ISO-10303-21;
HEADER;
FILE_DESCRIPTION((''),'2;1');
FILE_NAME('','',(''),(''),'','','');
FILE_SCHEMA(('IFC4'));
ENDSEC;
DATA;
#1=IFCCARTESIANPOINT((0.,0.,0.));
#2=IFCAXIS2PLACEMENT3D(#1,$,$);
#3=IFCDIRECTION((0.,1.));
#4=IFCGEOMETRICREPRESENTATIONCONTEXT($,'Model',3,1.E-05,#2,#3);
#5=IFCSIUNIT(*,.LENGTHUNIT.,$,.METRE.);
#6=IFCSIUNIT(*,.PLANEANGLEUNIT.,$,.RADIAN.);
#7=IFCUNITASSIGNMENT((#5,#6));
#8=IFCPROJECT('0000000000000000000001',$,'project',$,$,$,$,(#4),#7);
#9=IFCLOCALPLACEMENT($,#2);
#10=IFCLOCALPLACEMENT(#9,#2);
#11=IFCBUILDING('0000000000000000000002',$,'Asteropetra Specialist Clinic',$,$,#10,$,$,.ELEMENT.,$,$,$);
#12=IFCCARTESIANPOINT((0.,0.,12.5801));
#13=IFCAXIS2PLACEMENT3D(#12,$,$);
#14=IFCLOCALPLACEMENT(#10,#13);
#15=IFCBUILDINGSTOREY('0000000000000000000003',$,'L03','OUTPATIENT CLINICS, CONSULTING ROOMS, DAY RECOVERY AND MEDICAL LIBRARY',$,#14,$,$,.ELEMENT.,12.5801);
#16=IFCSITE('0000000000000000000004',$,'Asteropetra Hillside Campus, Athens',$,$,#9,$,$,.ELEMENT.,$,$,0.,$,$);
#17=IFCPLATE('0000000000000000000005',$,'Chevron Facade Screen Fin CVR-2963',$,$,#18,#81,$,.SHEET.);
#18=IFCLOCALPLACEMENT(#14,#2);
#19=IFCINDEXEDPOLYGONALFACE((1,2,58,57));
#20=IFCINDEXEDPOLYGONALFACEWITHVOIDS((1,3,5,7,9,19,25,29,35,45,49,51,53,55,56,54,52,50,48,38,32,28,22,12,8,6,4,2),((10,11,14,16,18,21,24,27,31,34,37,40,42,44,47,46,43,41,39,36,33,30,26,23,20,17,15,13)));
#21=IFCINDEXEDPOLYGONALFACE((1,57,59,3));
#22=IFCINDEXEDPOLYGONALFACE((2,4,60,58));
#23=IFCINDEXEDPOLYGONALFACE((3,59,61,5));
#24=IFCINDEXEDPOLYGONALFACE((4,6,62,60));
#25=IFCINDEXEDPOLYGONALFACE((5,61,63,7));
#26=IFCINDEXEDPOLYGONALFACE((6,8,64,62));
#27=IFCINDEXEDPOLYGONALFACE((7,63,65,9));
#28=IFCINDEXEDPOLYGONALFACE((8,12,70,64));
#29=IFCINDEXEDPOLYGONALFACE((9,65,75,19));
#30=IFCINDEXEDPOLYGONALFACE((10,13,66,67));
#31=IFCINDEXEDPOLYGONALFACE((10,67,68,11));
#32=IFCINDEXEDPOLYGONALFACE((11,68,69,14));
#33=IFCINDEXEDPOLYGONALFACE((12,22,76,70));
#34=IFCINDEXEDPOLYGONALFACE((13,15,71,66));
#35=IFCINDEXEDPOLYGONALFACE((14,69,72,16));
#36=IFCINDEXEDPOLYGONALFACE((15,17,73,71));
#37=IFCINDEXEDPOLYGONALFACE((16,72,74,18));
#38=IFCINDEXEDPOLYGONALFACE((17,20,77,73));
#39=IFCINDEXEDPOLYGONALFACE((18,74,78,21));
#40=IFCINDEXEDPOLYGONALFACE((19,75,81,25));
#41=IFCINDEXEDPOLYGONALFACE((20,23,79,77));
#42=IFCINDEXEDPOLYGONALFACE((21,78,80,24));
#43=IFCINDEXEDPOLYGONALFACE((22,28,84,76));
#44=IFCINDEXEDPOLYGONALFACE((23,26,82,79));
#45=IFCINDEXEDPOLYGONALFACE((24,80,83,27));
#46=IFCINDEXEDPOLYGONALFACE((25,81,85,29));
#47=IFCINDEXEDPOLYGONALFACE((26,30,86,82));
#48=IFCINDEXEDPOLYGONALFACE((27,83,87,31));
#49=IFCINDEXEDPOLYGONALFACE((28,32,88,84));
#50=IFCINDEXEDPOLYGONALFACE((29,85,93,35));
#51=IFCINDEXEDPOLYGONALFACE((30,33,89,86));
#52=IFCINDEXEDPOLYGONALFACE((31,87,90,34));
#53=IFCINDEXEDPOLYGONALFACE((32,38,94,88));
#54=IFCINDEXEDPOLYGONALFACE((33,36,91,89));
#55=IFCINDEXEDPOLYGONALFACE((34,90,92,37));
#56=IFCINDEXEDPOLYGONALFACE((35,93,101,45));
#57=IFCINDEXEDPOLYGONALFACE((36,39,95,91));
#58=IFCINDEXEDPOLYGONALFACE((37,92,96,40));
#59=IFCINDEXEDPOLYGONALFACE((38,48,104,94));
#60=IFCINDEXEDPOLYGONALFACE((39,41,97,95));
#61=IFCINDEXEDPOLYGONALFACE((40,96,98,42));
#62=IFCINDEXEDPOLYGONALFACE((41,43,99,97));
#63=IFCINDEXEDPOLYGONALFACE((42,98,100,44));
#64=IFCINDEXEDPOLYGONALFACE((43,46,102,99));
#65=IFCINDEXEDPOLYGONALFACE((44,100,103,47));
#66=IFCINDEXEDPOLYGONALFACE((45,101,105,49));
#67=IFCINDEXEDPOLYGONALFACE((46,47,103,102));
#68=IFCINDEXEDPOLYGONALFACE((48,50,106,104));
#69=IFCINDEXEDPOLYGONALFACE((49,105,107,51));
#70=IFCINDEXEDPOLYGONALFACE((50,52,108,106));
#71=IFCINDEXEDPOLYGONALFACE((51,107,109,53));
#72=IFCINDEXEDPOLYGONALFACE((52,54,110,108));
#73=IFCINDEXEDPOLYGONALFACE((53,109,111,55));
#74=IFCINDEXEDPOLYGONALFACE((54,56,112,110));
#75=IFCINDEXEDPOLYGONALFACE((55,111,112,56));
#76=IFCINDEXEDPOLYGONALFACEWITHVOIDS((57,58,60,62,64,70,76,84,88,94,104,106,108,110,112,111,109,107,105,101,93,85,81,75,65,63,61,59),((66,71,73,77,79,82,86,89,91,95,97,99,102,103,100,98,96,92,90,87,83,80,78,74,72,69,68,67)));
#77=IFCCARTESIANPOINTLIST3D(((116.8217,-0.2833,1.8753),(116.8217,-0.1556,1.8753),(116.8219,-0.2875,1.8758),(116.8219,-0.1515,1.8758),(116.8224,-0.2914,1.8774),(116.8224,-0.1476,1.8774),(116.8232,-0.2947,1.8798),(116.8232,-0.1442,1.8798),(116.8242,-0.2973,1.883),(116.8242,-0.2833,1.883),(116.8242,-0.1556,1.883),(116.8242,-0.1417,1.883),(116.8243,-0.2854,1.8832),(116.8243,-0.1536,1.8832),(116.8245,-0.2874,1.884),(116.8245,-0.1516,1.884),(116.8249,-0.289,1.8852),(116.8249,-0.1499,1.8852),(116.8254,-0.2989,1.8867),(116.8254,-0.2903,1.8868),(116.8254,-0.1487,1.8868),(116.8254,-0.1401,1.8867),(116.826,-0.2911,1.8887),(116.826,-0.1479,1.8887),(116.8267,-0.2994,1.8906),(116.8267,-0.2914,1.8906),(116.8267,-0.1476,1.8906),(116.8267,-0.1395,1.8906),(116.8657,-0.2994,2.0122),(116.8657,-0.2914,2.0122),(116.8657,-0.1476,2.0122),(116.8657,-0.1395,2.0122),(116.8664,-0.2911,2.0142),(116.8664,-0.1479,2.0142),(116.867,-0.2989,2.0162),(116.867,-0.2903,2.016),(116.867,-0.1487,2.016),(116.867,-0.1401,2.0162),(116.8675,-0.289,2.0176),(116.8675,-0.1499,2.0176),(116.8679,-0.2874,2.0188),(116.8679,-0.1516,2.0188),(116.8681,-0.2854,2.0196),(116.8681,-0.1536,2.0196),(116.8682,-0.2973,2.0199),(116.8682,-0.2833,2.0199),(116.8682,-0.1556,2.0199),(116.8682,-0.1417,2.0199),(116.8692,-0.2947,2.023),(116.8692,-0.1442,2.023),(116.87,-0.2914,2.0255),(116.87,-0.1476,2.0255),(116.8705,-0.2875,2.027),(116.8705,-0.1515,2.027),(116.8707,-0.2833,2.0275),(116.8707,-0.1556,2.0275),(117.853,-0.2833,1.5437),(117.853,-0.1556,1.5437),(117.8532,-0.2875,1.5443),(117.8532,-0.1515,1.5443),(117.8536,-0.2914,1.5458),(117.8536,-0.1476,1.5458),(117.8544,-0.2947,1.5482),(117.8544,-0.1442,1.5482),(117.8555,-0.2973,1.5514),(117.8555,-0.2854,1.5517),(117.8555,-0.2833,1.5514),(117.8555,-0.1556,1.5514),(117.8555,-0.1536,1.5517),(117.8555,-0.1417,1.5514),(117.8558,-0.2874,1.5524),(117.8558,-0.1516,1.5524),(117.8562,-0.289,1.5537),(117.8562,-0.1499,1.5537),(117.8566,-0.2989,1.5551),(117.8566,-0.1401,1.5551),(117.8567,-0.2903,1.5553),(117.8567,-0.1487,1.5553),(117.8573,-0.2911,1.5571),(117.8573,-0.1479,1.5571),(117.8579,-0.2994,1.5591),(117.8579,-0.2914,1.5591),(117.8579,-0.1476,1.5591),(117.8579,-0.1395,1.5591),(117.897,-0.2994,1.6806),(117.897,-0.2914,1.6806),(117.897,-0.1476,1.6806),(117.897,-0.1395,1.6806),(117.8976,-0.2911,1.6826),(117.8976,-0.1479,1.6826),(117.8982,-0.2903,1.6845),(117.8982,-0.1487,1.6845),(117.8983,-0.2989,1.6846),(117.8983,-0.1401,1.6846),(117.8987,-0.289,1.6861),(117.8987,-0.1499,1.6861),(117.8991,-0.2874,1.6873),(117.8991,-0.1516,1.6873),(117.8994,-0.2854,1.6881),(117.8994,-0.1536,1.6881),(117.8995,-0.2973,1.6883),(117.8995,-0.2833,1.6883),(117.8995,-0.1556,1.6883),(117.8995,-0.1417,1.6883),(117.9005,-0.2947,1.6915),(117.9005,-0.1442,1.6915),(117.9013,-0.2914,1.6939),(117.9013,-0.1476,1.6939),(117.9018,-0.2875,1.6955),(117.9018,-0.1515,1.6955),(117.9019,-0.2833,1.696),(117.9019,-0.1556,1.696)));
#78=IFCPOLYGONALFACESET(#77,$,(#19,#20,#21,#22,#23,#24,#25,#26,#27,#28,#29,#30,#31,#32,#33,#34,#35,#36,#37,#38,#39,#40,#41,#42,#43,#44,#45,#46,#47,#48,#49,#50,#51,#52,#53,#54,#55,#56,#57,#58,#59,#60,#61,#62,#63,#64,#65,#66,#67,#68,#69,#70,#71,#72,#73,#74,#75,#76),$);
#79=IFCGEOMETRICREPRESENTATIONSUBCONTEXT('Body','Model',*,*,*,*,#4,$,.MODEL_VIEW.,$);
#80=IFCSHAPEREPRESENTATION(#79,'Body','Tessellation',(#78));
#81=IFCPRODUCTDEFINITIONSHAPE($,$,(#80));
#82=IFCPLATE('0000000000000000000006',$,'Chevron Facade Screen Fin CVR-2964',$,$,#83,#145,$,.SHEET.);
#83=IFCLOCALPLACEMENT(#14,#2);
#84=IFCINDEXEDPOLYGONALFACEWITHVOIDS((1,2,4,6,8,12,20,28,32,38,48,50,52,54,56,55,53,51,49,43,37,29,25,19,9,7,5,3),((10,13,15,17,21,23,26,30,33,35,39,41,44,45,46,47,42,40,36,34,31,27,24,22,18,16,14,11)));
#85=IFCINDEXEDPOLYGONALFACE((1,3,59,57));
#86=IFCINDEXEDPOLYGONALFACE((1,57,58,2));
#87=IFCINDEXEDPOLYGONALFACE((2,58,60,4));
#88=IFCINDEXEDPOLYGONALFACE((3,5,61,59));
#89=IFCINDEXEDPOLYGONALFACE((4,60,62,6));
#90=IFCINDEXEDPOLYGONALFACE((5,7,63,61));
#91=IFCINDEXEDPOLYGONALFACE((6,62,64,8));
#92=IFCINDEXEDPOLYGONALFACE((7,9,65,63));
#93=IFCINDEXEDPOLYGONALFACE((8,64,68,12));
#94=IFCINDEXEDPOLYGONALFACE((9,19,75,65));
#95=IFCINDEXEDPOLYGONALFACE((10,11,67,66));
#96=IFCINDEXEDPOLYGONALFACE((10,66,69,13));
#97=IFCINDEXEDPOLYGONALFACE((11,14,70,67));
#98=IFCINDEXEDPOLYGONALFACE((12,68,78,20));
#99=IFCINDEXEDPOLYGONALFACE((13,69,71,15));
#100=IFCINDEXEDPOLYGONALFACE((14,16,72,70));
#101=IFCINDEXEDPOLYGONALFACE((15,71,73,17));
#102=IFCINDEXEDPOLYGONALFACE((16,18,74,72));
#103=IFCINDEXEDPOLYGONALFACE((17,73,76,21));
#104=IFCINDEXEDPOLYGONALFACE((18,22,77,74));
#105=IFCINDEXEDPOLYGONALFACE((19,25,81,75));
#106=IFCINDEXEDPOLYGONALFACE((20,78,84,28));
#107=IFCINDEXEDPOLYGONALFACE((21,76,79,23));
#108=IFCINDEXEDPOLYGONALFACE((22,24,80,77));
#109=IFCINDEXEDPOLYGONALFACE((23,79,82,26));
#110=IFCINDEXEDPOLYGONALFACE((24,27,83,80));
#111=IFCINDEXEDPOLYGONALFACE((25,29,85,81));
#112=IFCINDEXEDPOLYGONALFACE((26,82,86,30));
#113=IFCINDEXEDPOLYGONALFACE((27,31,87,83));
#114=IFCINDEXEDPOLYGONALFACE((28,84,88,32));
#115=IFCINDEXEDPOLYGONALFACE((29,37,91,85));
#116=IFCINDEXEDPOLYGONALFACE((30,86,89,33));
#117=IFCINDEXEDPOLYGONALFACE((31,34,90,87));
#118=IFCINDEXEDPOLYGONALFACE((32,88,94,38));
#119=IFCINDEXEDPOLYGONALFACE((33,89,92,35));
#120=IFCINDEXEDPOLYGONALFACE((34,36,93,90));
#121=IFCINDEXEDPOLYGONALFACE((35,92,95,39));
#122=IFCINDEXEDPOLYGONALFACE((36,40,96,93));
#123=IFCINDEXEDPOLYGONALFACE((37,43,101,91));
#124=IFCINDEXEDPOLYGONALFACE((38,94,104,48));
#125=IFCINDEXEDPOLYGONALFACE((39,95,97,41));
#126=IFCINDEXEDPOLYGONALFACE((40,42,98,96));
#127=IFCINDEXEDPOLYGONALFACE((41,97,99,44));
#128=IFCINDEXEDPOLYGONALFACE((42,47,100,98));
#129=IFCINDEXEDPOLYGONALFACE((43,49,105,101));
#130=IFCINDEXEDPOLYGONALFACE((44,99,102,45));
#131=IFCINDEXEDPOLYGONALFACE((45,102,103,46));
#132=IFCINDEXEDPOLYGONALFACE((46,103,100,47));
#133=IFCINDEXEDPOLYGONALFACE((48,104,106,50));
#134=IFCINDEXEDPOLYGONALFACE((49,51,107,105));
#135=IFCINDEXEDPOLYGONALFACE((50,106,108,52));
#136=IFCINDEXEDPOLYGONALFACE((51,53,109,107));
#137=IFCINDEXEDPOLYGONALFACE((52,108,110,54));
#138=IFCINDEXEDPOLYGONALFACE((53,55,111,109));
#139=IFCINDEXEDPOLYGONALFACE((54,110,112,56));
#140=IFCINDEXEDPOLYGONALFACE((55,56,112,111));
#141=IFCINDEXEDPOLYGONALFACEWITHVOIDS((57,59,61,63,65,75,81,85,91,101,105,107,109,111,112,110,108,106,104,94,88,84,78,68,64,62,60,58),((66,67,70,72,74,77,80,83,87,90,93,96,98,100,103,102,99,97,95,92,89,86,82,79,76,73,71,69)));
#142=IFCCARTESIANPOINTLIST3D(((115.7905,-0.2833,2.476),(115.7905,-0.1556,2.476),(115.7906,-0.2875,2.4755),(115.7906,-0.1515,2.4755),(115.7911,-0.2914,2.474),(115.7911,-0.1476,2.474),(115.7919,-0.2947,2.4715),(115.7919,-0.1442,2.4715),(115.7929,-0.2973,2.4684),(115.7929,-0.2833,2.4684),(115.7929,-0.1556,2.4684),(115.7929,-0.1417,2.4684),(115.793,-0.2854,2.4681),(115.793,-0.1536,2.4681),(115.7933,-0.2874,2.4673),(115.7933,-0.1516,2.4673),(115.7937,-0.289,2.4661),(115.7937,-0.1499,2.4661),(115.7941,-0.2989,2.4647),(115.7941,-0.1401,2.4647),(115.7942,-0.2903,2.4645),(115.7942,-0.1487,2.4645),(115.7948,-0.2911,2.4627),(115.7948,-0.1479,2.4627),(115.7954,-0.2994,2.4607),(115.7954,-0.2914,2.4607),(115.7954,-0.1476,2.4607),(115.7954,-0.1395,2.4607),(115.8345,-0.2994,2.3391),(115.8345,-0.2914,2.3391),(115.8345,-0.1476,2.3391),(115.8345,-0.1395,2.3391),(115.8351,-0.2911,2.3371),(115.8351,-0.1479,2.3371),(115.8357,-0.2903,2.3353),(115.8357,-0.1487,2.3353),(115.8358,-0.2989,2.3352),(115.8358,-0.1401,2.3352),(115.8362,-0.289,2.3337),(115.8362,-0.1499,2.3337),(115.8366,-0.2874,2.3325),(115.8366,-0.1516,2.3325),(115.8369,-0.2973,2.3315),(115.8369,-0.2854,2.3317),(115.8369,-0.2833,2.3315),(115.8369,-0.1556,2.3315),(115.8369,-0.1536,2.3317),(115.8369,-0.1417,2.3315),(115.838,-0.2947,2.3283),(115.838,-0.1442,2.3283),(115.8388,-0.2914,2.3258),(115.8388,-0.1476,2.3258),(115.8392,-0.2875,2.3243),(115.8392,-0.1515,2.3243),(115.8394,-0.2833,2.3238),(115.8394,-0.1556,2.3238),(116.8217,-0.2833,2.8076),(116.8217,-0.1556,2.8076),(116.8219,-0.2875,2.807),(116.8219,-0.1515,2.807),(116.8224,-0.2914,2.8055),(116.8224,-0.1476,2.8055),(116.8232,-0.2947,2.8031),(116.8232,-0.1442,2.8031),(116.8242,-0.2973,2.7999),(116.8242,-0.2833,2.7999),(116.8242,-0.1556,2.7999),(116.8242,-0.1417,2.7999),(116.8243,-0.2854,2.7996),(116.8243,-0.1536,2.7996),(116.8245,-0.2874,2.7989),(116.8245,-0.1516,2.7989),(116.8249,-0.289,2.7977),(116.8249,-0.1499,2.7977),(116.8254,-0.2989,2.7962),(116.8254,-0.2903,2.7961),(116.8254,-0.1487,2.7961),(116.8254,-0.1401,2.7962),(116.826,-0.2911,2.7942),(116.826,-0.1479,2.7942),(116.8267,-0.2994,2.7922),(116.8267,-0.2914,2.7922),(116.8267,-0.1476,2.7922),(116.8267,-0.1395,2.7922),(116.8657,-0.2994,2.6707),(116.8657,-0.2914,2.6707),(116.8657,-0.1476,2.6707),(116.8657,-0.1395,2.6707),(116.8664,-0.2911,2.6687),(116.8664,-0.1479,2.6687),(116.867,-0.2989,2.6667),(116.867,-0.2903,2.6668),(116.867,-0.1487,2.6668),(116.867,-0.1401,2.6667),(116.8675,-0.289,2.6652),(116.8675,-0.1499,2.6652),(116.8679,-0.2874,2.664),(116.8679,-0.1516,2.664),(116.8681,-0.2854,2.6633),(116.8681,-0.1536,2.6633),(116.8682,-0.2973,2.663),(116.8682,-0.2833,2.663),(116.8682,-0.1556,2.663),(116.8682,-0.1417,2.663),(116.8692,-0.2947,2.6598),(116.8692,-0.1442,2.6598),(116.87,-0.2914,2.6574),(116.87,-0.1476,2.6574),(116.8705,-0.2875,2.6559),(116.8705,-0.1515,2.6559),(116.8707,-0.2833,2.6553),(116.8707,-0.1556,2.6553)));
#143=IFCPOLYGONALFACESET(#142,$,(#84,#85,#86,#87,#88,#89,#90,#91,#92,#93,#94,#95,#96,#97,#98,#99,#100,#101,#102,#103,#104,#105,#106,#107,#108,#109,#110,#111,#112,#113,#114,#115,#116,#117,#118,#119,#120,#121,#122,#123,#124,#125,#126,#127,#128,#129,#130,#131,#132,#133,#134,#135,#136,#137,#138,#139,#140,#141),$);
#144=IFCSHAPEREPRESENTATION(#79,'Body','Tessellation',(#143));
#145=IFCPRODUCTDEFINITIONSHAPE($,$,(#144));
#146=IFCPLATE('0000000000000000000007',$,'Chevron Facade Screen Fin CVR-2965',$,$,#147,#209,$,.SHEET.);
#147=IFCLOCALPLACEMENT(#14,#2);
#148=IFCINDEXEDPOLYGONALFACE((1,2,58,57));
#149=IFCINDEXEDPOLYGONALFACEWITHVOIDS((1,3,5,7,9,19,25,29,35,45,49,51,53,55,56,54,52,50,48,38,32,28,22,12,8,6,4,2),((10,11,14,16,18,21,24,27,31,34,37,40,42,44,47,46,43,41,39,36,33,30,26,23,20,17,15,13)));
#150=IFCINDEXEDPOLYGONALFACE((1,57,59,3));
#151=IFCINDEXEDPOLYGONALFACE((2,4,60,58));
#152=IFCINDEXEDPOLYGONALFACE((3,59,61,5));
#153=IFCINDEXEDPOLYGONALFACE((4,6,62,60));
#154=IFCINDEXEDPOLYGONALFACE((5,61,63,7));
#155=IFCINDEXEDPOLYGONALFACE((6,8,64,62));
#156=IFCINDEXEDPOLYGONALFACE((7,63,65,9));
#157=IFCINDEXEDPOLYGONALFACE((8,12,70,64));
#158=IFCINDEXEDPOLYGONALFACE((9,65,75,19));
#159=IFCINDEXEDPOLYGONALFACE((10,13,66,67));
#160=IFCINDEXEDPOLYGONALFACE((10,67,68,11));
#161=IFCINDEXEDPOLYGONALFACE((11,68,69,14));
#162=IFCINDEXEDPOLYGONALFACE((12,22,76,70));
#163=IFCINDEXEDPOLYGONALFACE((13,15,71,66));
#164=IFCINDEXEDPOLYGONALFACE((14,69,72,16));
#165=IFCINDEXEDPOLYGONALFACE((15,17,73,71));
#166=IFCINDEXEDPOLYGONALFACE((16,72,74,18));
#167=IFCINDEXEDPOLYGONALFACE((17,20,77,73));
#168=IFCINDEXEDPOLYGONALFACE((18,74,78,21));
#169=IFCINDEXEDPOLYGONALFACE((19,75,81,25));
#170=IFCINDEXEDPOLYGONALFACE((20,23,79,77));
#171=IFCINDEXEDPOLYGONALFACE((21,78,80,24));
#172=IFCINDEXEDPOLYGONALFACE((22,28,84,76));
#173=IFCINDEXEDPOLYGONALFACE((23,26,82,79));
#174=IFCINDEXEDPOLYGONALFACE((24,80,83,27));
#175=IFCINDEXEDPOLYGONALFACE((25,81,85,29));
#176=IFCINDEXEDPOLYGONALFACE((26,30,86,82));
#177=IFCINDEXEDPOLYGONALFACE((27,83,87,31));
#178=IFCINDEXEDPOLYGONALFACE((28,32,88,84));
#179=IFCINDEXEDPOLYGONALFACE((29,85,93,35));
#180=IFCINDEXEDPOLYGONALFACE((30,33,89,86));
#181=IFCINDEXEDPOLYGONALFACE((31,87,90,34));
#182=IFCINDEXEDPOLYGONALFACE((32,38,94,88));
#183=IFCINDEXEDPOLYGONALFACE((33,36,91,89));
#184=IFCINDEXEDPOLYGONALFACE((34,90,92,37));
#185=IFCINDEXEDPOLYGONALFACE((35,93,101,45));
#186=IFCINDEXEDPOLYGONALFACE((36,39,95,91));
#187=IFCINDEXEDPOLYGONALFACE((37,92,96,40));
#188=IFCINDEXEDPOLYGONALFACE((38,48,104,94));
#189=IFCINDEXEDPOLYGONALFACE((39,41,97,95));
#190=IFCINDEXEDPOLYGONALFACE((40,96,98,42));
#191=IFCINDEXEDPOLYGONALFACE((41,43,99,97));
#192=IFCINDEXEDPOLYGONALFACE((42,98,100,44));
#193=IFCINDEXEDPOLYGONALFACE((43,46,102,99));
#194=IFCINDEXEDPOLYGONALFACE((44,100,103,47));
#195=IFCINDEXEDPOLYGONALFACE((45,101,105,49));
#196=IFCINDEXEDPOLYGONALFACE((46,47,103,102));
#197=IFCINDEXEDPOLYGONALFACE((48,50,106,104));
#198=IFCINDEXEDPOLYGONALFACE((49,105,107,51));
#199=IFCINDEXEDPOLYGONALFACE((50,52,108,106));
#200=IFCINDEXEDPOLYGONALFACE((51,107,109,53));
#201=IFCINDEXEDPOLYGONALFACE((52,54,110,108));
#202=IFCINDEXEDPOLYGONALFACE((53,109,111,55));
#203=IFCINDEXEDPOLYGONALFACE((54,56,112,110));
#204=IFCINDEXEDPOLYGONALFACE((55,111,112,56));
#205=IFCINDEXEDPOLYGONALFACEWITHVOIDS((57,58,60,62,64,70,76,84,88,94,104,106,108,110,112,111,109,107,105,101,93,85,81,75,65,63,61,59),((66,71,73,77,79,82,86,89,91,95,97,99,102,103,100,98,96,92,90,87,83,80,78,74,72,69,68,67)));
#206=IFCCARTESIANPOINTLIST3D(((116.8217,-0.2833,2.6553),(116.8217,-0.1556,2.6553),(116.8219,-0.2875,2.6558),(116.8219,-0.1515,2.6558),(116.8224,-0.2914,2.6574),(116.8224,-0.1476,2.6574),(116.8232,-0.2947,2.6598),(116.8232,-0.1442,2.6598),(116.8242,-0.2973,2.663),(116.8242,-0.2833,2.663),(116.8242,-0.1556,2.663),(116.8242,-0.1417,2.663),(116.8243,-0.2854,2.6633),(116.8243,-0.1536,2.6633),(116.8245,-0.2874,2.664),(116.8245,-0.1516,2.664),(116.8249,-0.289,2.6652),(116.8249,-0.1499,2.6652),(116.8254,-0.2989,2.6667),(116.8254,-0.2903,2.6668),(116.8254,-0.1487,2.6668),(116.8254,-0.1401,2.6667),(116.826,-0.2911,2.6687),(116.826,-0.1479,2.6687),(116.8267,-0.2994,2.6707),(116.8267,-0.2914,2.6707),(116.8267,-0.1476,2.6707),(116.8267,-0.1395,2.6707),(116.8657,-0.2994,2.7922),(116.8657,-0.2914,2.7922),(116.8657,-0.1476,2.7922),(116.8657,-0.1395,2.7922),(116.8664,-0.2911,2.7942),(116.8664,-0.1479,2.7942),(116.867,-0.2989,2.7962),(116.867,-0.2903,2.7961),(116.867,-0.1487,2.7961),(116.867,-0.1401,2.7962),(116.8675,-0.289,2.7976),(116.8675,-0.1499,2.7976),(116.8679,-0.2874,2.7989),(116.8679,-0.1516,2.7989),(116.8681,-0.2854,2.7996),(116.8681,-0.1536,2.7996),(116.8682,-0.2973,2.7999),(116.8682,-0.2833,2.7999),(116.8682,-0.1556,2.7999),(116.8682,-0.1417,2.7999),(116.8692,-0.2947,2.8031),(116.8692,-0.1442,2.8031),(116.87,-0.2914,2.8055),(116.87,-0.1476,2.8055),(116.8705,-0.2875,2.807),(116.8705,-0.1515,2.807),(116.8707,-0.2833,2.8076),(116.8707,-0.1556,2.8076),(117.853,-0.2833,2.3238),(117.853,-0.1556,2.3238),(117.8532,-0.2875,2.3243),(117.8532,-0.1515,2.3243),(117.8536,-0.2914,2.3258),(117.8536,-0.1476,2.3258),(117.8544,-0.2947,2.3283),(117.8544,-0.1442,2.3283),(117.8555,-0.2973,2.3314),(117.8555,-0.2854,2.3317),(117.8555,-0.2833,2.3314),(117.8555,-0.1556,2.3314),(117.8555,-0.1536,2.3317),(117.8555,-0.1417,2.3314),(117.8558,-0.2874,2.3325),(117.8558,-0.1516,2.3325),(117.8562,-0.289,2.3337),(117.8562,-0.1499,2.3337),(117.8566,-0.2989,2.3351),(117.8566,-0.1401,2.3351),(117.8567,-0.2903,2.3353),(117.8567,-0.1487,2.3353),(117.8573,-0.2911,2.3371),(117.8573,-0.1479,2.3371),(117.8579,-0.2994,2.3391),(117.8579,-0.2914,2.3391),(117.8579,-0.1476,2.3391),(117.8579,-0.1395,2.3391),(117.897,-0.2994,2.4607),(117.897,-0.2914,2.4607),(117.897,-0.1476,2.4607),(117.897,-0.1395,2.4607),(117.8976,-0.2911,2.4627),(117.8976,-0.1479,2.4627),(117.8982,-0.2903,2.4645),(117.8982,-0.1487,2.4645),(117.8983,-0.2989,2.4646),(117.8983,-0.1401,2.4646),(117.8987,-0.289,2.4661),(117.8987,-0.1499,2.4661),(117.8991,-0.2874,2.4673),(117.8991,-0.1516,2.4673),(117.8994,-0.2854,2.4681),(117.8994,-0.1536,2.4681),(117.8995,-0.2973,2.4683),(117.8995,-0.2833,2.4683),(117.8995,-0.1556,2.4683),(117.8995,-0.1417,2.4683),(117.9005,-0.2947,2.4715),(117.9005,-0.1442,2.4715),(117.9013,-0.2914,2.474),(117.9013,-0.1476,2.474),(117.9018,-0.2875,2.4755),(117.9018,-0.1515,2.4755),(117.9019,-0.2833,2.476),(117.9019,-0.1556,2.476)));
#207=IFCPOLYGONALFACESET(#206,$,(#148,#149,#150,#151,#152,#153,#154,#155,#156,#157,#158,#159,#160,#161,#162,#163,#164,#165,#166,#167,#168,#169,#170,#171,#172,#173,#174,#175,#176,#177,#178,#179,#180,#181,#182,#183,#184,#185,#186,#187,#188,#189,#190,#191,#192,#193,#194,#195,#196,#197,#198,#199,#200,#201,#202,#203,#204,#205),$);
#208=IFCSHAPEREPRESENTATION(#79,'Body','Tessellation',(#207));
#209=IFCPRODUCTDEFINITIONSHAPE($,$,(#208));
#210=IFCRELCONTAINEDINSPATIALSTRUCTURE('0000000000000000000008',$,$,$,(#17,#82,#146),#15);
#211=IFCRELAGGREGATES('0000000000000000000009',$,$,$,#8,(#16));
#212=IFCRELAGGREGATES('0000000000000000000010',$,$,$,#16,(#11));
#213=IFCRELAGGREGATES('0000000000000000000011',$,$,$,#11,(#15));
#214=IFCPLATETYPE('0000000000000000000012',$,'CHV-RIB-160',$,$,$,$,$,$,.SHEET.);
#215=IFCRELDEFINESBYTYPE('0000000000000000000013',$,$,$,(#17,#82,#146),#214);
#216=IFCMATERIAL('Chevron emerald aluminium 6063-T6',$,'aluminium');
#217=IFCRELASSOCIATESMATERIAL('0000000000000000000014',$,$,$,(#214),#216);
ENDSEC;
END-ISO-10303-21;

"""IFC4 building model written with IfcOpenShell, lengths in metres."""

from ifc_helpers import new_model, si_unit, direction, frame, origin, origin_2d, place, context, subcontext, project, spatial, hollow_rectangle, extrude, material, material_profile, profile_set, type_object, element, save


model = new_model("IFC4")

# Units and contexts
model_context = context("Model", 3, precision=1e-05, world=origin(), true_north=direction((0.0, 1.0)))
body_context = subcontext(model_context, "Body", "Model", "MODEL_VIEW")
ifc_project = project(units=[si_unit("LENGTHUNIT", "METRE"), si_unit("PLANEANGLEUNIT", "RADIAN")], contexts=[model_context])

# Site, building, storey
site_placement = place(None, origin())
site = spatial("IfcSite", under=ifc_project, at=site_placement, Name="Asteropetra Hillside Campus, Athens", CompositionType="ELEMENT", RefElevation=0.0)
building_placement = place(site_placement, origin())
building = spatial("IfcBuilding", under=site, at=building_placement, Name="Asteropetra Specialist Clinic", CompositionType="ELEMENT")
storey_placement = place(building_placement, frame((0.0, 0.0, 12.5801)))
storey = spatial("IfcBuildingStorey", under=building, at=storey_placement, Name="L03", Description="OUTPATIENT CLINICS, CONSULTING ROOMS, DAY RECOVERY AND MEDICAL LIBRARY", CompositionType="ELEMENT", Elevation=12.5801)

# Plates
ifc_material_1 = material(Name="Chevron emerald aluminium 6063-T6", Category="aluminium")
ifc_material_profile_1 = material_profile(ifc_material_1, hollow_rectangle(XDim=0.1599, YDim=0.1599, WallThickness=0.0081, InnerFilletRadius=0.0081, OuterFilletRadius=0.0161, at=origin_2d()), Name="SHS 160x160x8.0")
ifc_profile_set_1 = profile_set([ifc_material_profile_1], Name="Chevron emerald aluminium 6063-T6")
plate_type_1 = type_object("IfcPlateType", Name="CHV-RIB-160", PredefinedType="SHEET", material=ifc_profile_set_1)
for number, where, z_axis, x_axis, name in (
    (1, (116.8462, -0.2195, 1.9514), (0.95201, 0.0, -0.306068), (0.0, 1.0, 0.0), "Chevron Facade Screen Fin CVR-2963"),
    (2, (115.8149, -0.2195, 2.3999), (0.95201, 0.0, 0.306068), (0.0, 1.0, 0.0), "Chevron Facade Screen Fin CVR-2964"),
    (3, (116.8462, -0.2195, 2.7314), (0.95201, 0.0, -0.306068), (0.0, 1.0, 0.0), "Chevron Facade Screen Fin CVR-2965"),
):
    element("IfcPlate", number, at=place(storey_placement, frame(where, z_axis=z_axis, x_axis=x_axis)), inside=storey, type_object=plate_type_1, Name=name, PredefinedType="SHEET", context=body_context, shape_type="SweptSolid", body=[
        extrude(hollow_rectangle(XDim=0.1599, YDim=0.1599, WallThickness=0.0081, InnerFilletRadius=0.0081, OuterFilletRadius=0.0161, at=origin_2d()), origin(), (0.0, 0.0, 1.0), 1.0833),
    ])

save(model, "model.ifc")
